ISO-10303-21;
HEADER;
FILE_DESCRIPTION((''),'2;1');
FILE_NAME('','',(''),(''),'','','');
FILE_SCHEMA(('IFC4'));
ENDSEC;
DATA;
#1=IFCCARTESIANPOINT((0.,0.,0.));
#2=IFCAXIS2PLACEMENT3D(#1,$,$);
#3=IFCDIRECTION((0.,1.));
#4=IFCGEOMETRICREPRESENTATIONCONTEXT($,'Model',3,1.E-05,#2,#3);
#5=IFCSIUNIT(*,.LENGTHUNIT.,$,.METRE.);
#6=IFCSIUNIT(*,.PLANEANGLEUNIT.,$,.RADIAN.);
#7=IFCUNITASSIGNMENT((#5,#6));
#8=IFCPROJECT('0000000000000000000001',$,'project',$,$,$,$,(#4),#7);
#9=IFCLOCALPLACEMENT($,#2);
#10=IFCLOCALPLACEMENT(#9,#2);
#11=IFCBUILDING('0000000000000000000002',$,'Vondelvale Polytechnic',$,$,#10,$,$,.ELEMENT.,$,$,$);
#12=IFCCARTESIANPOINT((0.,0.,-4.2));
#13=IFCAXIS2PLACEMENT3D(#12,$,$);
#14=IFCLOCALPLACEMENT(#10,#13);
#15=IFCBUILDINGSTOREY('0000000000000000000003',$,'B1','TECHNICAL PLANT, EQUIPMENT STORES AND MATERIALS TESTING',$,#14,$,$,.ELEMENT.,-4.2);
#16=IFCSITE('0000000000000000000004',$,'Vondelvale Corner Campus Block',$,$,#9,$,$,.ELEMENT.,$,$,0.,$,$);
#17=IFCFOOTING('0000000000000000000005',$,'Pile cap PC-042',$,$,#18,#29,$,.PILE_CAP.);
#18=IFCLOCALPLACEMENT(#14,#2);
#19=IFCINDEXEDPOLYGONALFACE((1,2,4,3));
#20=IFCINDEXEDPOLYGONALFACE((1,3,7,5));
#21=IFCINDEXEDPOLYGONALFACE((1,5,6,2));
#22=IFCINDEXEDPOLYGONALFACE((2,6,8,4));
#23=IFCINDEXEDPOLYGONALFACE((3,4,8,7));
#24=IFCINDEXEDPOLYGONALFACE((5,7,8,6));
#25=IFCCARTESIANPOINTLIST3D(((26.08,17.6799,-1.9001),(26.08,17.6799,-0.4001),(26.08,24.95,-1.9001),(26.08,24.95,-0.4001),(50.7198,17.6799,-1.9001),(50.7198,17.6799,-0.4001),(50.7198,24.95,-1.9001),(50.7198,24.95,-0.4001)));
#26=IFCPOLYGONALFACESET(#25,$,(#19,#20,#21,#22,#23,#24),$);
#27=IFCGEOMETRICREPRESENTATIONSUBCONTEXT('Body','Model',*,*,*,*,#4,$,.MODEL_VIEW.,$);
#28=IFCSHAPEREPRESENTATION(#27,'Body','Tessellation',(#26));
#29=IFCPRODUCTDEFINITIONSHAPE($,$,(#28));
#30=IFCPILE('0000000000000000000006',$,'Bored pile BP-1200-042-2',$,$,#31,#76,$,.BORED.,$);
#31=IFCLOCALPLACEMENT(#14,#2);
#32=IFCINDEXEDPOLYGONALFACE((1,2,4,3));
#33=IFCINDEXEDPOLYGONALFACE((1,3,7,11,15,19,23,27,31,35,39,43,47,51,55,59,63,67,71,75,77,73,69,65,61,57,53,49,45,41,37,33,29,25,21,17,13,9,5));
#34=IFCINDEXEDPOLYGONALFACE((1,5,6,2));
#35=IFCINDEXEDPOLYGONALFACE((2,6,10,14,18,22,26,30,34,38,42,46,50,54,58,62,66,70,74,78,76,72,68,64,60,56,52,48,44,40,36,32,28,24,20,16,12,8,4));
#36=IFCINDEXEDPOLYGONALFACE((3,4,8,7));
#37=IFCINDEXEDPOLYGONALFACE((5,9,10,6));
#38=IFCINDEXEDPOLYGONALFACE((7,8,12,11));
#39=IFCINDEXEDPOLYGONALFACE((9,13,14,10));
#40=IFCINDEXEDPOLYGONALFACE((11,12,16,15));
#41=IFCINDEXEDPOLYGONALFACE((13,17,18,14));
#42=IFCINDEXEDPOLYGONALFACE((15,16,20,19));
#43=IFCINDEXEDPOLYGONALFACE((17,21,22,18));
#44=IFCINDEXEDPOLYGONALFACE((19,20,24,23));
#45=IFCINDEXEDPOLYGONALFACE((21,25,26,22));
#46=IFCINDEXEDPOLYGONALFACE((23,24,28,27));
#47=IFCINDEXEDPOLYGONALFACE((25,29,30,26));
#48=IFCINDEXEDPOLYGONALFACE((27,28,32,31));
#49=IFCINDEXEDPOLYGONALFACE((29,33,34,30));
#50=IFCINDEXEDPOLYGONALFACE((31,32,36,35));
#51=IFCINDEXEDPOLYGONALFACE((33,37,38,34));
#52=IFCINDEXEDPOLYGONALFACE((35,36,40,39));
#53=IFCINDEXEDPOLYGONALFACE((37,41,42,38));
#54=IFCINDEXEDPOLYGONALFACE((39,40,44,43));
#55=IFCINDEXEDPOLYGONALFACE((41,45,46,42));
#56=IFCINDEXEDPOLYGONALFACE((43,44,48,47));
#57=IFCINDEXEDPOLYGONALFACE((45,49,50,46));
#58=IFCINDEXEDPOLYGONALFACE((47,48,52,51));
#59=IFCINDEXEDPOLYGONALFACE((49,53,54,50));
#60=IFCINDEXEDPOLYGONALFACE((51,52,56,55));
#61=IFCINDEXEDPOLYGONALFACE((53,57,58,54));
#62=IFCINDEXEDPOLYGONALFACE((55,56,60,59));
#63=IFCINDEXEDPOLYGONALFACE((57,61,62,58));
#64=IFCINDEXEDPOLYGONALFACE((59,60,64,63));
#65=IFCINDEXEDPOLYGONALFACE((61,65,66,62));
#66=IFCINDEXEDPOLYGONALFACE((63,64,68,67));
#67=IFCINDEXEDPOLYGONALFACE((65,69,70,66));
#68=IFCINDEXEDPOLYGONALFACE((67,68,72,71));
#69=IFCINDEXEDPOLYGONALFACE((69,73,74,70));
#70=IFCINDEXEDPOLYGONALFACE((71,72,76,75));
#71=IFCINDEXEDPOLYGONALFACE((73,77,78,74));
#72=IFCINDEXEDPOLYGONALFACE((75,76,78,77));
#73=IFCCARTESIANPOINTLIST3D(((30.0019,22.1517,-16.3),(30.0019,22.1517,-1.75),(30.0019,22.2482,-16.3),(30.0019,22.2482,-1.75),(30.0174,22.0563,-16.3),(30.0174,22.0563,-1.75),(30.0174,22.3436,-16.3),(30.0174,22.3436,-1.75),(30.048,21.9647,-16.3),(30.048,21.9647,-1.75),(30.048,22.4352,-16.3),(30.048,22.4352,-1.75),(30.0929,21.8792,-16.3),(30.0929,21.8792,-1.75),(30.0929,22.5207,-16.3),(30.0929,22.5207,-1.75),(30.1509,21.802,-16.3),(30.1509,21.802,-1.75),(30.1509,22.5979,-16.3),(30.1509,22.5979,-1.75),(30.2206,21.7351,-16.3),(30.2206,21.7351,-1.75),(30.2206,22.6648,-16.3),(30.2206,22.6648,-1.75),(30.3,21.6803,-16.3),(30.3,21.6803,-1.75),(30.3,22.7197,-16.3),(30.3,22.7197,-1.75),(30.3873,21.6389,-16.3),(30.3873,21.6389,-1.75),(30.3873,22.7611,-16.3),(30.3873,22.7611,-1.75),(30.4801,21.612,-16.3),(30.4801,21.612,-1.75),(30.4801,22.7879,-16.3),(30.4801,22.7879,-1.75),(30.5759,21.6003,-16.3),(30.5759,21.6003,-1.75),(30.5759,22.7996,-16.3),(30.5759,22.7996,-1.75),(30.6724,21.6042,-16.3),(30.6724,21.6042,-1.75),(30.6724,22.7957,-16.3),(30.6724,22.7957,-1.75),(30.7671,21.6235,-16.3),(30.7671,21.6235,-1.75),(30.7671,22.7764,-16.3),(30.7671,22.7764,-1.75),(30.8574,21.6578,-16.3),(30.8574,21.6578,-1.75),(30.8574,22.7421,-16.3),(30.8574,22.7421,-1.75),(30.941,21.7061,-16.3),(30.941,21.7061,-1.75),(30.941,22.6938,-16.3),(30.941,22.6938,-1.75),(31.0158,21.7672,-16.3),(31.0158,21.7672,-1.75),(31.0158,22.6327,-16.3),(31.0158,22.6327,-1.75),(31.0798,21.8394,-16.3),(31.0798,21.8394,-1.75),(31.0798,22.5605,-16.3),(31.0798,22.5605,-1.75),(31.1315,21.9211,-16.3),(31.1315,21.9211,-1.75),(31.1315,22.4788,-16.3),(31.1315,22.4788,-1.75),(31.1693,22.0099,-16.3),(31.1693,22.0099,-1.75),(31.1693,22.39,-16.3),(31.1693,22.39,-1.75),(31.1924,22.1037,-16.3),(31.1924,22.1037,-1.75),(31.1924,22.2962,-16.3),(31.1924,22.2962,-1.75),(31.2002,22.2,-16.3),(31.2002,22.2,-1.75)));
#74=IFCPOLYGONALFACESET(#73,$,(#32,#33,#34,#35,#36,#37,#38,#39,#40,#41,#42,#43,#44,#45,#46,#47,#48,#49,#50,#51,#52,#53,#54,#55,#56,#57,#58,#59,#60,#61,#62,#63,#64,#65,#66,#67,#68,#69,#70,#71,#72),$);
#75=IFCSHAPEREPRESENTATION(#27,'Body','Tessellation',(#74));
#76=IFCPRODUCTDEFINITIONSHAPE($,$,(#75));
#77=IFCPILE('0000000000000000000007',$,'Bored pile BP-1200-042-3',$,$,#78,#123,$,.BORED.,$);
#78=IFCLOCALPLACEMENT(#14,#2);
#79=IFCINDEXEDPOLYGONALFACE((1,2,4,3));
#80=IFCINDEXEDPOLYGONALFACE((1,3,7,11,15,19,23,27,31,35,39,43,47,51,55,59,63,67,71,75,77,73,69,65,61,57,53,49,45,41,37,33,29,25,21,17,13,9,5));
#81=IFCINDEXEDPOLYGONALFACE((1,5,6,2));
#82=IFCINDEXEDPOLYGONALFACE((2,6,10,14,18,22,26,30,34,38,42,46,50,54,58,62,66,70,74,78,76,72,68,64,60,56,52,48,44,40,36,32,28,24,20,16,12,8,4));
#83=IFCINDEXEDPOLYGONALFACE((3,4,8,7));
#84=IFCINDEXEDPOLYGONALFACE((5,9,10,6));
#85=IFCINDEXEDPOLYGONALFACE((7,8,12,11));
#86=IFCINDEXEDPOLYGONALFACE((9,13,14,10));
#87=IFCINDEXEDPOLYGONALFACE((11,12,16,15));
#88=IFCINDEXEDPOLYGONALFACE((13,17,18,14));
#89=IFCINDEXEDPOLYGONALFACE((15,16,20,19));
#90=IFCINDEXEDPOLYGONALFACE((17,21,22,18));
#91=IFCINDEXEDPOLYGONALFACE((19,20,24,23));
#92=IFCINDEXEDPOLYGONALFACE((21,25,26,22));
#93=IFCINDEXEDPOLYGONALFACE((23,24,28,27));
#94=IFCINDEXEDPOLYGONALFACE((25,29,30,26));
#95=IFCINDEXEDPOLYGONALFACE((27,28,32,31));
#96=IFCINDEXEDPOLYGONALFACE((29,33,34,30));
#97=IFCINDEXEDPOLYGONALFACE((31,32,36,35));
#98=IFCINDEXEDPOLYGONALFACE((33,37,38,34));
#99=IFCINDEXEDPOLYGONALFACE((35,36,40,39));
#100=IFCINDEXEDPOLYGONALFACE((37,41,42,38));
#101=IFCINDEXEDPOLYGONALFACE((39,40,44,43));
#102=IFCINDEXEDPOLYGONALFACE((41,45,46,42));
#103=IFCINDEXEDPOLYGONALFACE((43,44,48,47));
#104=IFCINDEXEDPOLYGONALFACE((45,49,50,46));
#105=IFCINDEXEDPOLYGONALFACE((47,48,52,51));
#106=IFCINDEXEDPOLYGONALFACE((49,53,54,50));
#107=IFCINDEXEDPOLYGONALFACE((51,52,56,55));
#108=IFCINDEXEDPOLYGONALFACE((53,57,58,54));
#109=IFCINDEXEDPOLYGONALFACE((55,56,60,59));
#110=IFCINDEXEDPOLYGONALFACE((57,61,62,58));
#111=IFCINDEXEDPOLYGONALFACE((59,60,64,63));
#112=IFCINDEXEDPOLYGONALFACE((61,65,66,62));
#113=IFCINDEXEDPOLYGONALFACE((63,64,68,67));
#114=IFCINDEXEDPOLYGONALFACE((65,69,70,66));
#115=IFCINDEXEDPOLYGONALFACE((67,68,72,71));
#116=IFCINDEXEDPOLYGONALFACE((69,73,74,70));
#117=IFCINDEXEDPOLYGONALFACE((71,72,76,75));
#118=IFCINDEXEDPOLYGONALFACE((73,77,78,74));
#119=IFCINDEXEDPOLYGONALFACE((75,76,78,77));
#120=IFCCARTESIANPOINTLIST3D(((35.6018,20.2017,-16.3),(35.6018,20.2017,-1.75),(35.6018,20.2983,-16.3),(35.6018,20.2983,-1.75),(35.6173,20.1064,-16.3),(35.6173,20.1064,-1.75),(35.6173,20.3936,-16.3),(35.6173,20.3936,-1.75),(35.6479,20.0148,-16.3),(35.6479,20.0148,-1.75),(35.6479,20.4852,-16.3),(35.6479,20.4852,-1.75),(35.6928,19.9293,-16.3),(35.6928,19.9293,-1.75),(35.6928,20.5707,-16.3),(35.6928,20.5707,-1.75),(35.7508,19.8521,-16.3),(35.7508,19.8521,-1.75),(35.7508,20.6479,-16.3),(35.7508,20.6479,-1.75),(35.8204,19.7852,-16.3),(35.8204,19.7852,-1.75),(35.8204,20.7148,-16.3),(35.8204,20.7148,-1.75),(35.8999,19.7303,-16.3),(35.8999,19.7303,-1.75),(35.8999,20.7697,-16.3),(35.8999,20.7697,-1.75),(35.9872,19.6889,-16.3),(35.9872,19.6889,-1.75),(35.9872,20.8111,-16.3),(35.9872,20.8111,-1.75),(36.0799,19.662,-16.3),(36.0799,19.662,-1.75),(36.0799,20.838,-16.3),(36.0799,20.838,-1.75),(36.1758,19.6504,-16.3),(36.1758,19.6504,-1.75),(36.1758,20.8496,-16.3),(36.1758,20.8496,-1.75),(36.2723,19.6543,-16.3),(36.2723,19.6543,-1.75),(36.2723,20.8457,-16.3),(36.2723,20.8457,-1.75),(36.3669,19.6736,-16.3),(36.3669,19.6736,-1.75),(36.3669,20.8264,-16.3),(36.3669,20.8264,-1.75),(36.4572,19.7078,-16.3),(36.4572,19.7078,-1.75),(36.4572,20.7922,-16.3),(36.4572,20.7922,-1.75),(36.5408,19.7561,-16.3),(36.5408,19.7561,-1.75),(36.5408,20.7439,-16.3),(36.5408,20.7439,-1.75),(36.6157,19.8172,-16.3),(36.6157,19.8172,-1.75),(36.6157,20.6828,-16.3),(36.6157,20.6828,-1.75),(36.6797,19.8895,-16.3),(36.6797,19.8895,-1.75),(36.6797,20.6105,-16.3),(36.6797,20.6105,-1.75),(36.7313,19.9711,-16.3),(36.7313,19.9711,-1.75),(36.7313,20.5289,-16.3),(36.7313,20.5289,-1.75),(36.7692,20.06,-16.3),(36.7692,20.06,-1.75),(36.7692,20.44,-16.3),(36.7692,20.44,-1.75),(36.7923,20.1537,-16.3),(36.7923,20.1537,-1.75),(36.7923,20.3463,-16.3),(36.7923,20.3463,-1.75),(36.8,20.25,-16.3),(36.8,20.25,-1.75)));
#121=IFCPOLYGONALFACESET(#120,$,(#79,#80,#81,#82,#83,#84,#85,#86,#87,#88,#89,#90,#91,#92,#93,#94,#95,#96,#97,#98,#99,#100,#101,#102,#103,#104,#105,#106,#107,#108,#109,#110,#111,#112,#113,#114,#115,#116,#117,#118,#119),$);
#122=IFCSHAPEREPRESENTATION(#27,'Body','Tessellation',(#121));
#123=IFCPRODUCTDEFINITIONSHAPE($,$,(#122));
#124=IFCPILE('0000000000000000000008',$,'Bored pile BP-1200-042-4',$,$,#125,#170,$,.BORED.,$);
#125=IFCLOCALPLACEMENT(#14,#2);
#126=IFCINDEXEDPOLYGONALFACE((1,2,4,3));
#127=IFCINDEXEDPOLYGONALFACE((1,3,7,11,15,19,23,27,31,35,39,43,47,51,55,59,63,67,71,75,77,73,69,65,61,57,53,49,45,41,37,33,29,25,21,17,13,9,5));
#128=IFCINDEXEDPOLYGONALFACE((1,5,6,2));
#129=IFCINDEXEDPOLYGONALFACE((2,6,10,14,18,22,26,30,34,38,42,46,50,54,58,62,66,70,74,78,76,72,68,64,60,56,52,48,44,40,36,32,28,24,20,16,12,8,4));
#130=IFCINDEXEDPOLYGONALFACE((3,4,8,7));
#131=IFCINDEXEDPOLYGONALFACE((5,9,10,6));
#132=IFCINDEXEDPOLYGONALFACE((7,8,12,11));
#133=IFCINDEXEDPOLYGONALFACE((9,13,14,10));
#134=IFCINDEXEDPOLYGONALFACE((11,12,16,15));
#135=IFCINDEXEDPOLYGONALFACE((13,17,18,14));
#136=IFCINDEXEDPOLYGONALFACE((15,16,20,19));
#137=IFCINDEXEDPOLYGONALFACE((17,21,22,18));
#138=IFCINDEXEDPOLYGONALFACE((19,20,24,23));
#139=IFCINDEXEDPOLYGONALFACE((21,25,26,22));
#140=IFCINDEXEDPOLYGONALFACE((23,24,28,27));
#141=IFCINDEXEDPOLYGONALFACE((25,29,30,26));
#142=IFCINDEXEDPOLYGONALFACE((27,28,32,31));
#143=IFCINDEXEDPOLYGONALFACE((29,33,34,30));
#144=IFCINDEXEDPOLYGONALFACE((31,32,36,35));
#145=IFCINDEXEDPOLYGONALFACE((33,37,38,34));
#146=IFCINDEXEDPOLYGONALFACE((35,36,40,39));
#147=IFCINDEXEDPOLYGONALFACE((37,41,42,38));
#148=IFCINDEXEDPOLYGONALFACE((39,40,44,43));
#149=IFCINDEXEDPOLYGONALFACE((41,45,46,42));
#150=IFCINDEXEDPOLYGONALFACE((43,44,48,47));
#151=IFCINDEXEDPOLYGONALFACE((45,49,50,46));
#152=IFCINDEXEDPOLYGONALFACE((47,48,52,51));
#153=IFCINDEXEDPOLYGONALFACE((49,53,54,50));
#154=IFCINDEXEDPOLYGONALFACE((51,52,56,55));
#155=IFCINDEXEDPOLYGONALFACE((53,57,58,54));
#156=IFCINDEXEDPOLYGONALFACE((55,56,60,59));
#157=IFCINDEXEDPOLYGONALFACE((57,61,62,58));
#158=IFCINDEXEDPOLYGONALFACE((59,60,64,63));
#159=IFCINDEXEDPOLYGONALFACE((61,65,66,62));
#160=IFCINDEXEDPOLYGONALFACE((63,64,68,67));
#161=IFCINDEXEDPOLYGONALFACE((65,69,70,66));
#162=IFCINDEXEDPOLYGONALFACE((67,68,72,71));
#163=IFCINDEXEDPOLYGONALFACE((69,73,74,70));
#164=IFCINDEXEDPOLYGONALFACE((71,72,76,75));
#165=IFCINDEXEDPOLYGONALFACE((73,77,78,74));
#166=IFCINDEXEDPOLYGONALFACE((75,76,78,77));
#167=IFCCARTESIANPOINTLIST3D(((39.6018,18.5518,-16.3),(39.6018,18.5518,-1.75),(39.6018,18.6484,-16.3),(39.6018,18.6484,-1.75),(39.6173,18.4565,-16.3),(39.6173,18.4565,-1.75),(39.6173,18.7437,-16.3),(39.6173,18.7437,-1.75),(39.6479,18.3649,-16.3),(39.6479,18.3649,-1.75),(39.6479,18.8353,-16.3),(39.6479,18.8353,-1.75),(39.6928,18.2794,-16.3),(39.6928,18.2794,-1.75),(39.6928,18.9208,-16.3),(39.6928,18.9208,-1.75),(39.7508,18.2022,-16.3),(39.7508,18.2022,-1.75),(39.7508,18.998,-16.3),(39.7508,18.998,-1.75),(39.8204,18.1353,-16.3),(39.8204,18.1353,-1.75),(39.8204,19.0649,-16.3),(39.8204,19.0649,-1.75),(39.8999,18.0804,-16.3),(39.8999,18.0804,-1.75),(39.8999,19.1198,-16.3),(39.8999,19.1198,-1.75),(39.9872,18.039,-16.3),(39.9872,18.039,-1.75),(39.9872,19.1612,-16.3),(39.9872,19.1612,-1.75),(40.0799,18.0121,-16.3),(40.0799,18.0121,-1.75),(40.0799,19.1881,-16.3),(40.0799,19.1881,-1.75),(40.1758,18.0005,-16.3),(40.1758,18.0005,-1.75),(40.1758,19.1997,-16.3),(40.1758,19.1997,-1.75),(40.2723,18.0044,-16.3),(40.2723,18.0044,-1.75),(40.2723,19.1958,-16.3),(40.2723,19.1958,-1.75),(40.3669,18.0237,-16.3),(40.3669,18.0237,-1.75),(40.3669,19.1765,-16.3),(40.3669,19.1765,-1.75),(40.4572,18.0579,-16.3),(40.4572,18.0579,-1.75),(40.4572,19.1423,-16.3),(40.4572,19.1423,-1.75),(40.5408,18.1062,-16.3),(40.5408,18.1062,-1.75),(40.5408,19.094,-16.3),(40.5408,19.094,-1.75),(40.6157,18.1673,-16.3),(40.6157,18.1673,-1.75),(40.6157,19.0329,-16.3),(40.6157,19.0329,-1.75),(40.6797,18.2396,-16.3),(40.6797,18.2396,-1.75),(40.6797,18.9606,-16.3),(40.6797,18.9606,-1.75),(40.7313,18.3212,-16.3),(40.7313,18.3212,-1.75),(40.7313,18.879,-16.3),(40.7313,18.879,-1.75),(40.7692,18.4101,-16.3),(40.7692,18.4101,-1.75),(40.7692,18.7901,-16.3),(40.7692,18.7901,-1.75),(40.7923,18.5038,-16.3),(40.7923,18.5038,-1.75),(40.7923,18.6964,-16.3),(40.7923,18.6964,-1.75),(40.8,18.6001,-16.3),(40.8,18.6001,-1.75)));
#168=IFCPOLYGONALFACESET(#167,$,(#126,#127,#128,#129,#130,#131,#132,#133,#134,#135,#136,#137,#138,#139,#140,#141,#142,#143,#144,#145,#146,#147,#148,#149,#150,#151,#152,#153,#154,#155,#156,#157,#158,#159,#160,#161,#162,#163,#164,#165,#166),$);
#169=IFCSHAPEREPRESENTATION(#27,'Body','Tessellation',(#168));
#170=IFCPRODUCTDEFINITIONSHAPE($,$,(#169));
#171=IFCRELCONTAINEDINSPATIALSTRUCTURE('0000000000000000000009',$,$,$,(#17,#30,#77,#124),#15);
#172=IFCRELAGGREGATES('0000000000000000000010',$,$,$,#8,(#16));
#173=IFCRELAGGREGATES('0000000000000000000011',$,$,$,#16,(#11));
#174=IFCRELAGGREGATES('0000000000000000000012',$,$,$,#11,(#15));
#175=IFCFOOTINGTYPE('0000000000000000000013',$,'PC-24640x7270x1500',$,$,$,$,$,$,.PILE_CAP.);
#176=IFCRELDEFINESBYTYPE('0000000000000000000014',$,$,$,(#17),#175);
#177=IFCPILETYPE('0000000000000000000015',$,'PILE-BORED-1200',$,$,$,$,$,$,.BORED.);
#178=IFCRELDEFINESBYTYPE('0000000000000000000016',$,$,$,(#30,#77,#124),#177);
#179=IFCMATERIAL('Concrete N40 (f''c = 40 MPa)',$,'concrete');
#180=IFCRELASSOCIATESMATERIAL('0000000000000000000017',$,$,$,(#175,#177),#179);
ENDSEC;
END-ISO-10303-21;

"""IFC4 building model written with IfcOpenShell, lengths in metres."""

from ifc_helpers import new_model, si_unit, direction, frame, origin, origin_2d, place, context, subcontext, project, spatial, rectangle, circle, extrude, material, material_profile, profile_set, type_object, element, save


model = new_model("IFC4")

# Units and contexts
model_context = context("Model", 3, precision=1e-05, world=origin(), true_north=direction((0.0, 1.0)))
body_context = subcontext(model_context, "Body", "Model", "MODEL_VIEW")
ifc_project = project(units=[si_unit("LENGTHUNIT", "METRE"), si_unit("PLANEANGLEUNIT", "RADIAN")], contexts=[model_context])

# Site, building, storey
site_placement = place(None, origin())
site = spatial("IfcSite", under=ifc_project, at=site_placement, Name="Vondelvale Corner Campus Block", CompositionType="ELEMENT", RefElevation=0.0)
building_placement = place(site_placement, origin())
building = spatial("IfcBuilding", under=site, at=building_placement, Name="Vondelvale Polytechnic", CompositionType="ELEMENT")
storey_placement = place(building_placement, frame((0.0, 0.0, -4.2)))
storey = spatial("IfcBuildingStorey", under=building, at=storey_placement, Name="B1", Description="TECHNICAL PLANT, EQUIPMENT STORES AND MATERIALS TESTING", CompositionType="ELEMENT", Elevation=-4.2)

# Footing
ifc_material_1 = material(Name="Concrete N40 (f'c = 40 MPa)", Category="concrete")
footing_type = type_object("IfcFootingType", Name="PC-24640x7270x1500", PredefinedType="PILE_CAP", material=ifc_material_1)
footing_placement = place(storey_placement, frame((38.3999, 21.3149, -1.9001), z_axis=(0.0, 0.0, 1.0), x_axis=(1.0, 0.0, 0.0)))
element("IfcFooting", 1, at=footing_placement, inside=storey, type_object=footing_type, Name="Pile cap PC-042", PredefinedType="PILE_CAP", context=body_context, shape_type="SweptSolid", body=[
    extrude(rectangle(XDim=24.6399, YDim=7.27, at=origin_2d()), origin(), (0.0, 0.0, 1.0), 1.5),
])

# Piles
ifc_material_profile_1 = material_profile(ifc_material_1, circle(Radius=0.6001, at=origin_2d()), Name="PILE-D1200")
ifc_profile_set_1 = profile_set([ifc_material_profile_1], Name="Concrete N40 (f'c = 40 MPa)")
pile_type_1 = type_object("IfcPileType", Name="PILE-BORED-1200", PredefinedType="BORED", material=ifc_profile_set_1)
for number, where, z_axis, x_axis, name in (
    (2, (30.6001, 22.2, -1.75), (0.0, 0.0, -1.0), (1.0, 0.0, 0.0), "Bored pile BP-1200-042-2"),
    (3, (36.2, 20.25, -1.75), (0.0, 0.0, -1.0), (1.0, 0.0, 0.0), "Bored pile BP-1200-042-3"),
    (4, (40.2, 18.6001, -1.75), (0.0, 0.0, -1.0), (1.0, 0.0, 0.0), "Bored pile BP-1200-042-4"),
):
    element("IfcPile", number, at=place(storey_placement, frame(where, z_axis=z_axis, x_axis=x_axis)), inside=storey, type_object=pile_type_1, Name=name, PredefinedType="BORED", context=body_context, shape_type="SweptSolid", body=[
        extrude(circle(Radius=0.6001, at=origin_2d()), origin(), (0.0, 0.0, 1.0), 14.55),
    ])

save(model, "model.ifc")
